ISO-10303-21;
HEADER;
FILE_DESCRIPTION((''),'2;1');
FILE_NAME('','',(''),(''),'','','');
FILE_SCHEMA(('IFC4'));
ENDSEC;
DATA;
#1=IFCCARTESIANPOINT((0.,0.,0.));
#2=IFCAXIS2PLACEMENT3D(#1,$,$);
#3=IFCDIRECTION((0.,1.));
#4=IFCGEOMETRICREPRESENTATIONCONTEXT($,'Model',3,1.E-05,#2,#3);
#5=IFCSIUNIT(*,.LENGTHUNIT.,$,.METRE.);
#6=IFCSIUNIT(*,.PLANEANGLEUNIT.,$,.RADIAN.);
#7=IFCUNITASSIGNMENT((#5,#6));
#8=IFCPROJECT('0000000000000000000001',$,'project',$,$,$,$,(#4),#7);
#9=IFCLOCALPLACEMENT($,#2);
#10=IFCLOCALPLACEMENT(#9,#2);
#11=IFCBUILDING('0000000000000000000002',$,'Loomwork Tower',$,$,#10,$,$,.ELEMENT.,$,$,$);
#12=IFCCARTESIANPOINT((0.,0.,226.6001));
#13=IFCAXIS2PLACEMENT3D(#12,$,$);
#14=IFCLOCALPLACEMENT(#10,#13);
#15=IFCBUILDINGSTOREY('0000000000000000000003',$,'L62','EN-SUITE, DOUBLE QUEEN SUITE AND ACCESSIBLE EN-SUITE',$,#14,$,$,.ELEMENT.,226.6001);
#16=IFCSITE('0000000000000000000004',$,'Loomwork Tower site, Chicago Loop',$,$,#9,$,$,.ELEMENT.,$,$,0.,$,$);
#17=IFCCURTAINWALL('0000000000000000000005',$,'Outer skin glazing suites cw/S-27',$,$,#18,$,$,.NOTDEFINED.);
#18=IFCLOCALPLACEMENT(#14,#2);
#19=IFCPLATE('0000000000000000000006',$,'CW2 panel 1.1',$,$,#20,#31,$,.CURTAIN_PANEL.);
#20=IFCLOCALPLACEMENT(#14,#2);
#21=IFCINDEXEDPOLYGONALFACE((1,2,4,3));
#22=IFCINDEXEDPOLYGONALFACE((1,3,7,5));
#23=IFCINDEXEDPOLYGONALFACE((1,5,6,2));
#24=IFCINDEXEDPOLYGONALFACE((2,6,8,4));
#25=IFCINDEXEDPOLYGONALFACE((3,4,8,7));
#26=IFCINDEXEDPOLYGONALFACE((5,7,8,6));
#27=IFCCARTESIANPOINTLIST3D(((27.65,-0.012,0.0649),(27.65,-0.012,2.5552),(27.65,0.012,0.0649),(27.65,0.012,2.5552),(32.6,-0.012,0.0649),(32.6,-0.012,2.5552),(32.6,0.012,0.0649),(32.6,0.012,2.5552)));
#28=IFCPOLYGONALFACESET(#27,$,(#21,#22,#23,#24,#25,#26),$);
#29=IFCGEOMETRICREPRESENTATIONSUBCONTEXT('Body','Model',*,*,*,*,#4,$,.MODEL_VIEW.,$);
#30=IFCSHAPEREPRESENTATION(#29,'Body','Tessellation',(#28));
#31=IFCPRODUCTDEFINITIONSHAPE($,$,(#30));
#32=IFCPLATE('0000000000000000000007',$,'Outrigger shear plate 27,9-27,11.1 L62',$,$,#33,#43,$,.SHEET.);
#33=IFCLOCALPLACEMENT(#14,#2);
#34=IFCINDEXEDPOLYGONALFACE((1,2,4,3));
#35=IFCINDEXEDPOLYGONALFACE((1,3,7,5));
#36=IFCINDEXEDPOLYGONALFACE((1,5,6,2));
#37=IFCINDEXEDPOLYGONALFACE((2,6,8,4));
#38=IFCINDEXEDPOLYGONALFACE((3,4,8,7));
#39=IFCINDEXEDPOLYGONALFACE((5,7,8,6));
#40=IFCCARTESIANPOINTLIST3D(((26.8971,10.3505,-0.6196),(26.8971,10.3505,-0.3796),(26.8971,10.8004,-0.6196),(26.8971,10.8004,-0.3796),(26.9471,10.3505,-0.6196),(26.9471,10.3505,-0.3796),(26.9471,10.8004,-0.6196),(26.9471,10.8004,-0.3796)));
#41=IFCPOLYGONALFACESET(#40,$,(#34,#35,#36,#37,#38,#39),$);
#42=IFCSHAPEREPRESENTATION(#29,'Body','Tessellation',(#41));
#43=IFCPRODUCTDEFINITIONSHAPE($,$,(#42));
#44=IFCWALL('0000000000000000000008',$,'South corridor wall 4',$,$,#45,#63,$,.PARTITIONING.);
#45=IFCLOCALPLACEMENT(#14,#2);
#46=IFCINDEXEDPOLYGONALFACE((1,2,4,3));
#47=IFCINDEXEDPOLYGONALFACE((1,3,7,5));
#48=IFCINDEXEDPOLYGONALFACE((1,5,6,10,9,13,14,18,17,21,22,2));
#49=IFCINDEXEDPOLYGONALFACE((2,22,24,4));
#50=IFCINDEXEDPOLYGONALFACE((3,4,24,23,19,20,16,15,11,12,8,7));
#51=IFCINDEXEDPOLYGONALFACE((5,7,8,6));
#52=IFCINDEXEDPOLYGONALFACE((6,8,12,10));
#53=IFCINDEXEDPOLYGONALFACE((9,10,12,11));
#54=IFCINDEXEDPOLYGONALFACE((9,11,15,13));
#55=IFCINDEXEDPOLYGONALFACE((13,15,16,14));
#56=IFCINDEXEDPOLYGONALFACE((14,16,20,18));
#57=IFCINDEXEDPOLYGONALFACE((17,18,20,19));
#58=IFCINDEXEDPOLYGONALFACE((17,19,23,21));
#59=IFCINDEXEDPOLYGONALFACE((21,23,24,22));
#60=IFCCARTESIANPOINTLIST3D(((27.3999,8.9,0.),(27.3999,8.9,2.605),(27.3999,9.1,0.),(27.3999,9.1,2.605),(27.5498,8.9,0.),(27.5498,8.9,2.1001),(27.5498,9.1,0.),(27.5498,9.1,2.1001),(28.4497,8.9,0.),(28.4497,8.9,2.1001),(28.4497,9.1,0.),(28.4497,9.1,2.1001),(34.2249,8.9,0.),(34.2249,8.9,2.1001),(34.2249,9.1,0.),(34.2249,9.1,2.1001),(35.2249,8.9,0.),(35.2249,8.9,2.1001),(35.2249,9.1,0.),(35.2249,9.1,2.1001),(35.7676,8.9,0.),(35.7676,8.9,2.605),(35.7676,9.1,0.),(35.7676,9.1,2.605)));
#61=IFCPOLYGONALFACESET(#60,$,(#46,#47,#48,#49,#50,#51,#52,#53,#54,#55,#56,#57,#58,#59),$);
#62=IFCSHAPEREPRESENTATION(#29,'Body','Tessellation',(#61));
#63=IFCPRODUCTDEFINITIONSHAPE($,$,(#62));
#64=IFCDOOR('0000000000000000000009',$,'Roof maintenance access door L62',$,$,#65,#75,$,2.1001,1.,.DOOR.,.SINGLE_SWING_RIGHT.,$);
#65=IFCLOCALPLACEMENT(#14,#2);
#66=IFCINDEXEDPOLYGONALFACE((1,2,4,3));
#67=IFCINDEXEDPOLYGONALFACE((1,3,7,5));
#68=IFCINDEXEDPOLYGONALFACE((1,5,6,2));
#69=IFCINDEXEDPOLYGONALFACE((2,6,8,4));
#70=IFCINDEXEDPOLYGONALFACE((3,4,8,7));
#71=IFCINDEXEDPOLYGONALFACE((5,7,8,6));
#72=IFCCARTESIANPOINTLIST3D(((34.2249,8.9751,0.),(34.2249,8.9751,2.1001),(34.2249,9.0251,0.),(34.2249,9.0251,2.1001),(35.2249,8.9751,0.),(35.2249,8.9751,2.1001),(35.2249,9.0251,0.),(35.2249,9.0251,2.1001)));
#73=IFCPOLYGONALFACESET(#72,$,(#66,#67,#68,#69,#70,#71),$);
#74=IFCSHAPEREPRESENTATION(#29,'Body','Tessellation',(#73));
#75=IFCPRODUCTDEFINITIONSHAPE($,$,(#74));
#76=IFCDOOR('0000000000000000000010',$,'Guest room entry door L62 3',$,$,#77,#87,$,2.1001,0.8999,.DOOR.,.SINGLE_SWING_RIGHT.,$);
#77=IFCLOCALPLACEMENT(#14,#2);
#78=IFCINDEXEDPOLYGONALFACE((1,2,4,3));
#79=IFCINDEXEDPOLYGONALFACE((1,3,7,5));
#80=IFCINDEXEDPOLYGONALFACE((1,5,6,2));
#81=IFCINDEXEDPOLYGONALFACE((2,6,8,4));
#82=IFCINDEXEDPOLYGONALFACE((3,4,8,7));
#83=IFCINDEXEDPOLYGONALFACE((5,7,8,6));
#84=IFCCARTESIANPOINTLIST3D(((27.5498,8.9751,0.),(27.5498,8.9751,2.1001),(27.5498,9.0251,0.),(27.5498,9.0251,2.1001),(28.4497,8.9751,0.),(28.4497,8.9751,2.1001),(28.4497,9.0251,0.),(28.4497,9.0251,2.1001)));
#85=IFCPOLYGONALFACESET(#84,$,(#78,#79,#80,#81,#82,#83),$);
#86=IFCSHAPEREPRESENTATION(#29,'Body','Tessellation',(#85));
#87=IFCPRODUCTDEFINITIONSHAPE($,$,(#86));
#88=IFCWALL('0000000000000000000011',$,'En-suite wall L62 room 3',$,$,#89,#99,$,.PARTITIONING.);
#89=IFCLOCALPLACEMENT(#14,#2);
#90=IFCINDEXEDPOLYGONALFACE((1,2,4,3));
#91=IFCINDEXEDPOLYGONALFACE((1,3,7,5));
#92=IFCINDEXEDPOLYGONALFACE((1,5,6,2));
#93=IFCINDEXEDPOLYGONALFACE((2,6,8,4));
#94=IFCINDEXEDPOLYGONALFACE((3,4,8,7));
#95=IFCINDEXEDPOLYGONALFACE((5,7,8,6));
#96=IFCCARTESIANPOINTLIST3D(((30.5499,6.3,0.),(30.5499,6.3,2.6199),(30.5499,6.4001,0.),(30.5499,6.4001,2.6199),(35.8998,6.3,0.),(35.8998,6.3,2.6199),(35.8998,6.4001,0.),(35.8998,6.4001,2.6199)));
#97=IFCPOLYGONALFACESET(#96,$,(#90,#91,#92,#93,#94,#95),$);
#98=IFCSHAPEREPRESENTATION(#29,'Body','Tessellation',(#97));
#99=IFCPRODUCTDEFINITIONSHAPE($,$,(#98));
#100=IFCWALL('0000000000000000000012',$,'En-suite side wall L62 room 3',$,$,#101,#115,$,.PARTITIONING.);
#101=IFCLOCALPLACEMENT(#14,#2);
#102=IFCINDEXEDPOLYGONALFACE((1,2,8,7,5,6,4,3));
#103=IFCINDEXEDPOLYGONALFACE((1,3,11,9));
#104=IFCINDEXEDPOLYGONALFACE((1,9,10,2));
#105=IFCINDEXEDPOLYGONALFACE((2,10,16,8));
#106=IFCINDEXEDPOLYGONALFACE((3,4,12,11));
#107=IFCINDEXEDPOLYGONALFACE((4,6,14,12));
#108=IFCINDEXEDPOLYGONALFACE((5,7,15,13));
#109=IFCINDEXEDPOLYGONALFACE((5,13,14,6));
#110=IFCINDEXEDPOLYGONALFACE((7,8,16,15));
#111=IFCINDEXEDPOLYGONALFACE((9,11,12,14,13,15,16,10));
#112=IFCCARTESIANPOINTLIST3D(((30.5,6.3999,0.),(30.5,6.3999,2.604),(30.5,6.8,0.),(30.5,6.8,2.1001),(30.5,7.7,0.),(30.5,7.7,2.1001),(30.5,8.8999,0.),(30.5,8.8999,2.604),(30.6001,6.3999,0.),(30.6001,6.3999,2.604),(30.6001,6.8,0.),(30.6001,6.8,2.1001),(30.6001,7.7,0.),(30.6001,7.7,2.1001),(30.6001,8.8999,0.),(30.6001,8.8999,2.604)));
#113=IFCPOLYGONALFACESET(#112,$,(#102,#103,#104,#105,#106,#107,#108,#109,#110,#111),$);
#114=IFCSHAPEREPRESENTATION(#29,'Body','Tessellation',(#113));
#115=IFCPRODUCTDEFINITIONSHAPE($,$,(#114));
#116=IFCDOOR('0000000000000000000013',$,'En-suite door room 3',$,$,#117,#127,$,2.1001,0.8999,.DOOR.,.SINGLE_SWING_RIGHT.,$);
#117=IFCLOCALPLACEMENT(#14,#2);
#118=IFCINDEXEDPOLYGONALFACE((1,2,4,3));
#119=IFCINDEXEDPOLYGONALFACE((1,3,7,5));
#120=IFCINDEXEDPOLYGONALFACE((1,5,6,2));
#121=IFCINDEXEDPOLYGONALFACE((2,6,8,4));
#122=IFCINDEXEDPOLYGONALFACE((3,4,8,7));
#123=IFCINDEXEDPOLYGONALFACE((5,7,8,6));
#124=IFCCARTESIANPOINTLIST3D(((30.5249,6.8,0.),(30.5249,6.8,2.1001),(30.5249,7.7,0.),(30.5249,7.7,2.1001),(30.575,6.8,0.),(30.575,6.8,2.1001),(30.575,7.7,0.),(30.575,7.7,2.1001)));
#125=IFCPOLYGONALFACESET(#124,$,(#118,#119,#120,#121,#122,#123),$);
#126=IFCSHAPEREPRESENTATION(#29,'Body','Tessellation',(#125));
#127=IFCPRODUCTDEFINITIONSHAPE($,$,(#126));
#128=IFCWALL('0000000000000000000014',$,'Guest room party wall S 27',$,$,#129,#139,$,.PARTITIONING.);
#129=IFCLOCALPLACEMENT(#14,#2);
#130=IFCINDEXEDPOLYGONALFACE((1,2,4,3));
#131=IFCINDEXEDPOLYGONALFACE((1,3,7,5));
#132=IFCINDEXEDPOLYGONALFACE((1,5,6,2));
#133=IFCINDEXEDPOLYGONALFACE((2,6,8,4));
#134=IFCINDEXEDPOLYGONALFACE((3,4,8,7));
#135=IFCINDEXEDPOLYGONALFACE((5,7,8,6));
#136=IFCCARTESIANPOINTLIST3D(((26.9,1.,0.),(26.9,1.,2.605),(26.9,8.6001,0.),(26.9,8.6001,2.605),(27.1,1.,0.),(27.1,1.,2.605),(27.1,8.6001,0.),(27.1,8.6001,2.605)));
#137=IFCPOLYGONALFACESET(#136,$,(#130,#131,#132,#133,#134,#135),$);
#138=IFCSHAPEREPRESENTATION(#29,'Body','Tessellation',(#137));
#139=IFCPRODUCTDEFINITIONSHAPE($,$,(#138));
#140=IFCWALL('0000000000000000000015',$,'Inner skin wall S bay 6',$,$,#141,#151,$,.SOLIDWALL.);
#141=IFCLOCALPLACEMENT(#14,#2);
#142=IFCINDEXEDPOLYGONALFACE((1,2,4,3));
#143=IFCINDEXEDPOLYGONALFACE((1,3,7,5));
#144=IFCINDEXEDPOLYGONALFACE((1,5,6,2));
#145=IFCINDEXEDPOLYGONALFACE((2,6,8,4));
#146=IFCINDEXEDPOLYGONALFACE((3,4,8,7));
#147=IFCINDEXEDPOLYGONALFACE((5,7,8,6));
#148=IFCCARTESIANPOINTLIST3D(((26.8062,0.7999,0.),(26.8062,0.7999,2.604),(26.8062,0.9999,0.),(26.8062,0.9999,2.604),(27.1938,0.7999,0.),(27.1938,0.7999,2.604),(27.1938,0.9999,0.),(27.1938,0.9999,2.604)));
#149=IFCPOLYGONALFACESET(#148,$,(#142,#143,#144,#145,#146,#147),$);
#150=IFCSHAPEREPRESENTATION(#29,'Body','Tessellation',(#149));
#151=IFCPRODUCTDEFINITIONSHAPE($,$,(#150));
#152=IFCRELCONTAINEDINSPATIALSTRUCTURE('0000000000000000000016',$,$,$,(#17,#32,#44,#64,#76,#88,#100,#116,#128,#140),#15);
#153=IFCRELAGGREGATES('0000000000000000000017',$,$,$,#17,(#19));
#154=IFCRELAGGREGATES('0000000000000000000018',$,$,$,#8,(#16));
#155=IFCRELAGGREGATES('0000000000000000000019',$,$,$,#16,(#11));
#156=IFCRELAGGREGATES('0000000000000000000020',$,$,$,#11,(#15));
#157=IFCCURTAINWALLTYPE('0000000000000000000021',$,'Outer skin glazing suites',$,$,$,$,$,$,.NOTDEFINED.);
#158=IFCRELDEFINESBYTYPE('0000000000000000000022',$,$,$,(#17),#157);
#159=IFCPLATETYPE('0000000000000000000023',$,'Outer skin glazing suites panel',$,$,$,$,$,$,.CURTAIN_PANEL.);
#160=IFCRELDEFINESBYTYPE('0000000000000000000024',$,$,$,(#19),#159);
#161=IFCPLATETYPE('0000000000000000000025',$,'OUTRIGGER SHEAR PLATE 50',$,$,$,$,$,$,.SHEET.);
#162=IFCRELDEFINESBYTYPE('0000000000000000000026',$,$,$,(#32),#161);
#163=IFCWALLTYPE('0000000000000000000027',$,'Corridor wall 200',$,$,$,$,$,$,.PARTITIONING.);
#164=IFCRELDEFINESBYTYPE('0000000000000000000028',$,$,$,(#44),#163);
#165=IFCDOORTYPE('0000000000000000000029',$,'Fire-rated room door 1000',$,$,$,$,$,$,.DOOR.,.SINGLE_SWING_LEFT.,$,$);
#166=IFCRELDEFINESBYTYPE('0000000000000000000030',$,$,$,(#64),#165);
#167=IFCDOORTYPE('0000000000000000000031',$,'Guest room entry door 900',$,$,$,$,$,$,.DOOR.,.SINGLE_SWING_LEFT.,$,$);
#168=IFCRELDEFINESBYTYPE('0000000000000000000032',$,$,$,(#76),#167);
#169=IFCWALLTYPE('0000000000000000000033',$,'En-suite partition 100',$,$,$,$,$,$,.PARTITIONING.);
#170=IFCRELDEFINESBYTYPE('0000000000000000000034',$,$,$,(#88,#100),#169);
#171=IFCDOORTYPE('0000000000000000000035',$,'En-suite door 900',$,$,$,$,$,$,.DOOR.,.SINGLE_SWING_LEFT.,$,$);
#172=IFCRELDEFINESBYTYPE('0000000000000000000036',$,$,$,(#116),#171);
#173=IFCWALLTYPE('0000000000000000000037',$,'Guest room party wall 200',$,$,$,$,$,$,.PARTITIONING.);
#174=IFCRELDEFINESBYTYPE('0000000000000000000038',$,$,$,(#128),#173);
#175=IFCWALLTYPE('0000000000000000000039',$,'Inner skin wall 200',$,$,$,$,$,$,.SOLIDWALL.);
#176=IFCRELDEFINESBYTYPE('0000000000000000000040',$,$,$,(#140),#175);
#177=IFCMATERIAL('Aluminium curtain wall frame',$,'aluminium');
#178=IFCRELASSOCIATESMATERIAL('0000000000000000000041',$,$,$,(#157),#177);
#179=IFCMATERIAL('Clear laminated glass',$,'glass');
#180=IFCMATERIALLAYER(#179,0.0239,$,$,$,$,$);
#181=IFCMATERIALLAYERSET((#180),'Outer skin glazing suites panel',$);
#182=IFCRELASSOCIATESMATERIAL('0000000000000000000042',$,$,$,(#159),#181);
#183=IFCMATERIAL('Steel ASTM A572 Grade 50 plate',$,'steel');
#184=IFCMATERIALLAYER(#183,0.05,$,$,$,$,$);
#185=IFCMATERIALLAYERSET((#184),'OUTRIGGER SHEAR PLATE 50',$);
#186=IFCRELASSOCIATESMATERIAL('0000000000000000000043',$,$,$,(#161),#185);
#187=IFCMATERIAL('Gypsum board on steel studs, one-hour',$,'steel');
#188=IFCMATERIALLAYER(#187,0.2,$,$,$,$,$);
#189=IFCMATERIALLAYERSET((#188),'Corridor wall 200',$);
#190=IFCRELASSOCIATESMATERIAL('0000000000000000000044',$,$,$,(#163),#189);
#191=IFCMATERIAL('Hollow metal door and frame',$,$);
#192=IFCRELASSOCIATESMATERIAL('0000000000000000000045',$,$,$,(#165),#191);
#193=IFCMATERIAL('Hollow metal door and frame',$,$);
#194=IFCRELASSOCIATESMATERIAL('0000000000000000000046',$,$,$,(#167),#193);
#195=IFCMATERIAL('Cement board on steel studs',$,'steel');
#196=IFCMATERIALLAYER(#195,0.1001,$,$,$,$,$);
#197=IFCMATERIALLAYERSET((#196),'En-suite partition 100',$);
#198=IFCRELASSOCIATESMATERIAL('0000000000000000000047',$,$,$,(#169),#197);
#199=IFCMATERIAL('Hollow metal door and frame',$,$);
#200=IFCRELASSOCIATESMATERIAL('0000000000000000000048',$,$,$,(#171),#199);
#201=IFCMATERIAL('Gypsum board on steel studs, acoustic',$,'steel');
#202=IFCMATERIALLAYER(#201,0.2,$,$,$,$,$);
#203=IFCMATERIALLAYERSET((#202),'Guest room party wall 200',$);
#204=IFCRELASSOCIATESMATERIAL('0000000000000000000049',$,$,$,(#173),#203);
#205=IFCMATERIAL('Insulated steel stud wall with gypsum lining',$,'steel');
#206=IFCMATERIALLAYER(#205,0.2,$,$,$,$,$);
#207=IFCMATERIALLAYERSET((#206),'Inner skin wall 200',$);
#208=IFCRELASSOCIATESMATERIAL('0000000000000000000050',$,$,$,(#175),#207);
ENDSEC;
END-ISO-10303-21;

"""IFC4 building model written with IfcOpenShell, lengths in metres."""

from ifc_helpers import new_model, si_unit, direction, frame, frame_2d, origin, origin_2d, place, context, subcontext, project, spatial, rectangle, extrude, material, layer, layer_set, type_object, element, fill, aggregate, save


model = new_model("IFC4")

# Units and contexts
model_context = context("Model", 3, precision=1e-05, world=origin(), true_north=direction((0.0, 1.0)))
body_context = subcontext(model_context, "Body", "Model", "MODEL_VIEW")
ifc_project = project(units=[si_unit("LENGTHUNIT", "METRE"), si_unit("PLANEANGLEUNIT", "RADIAN")], contexts=[model_context])

# Site, building, storey
site_placement = place(None, origin())
site = spatial("IfcSite", under=ifc_project, at=site_placement, Name="Loomwork Tower site, Chicago Loop", CompositionType="ELEMENT", RefElevation=0.0)
building_placement = place(site_placement, origin())
building = spatial("IfcBuilding", under=site, at=building_placement, Name="Loomwork Tower", CompositionType="ELEMENT")
storey_placement = place(building_placement, frame((0.0, 0.0, 226.6001)))
storey = spatial("IfcBuildingStorey", under=building, at=storey_placement, Name="L62", Description="EN-SUITE, DOUBLE QUEEN SUITE AND ACCESSIBLE EN-SUITE", CompositionType="ELEMENT", Elevation=226.6001)

# Curtain wall, plate
ifc_material_1 = material(Name="Aluminium curtain wall frame", Category="aluminium")
curtain_wall_type = type_object("IfcCurtainWallType", Name="Outer skin glazing suites", PredefinedType="NOTDEFINED", material=ifc_material_1)
curtain_wall_placement = place(storey_placement, origin())
curtain_wall = element("IfcCurtainWall", 1, at=curtain_wall_placement, inside=storey, type_object=curtain_wall_type, Name="Outer skin glazing suites cw/S-27", PredefinedType="NOTDEFINED")
ifc_material_2 = material(Name="Clear laminated glass", Category="glass")
ifc_layer_1 = layer(ifc_material_2, 0.0239)
ifc_layer_set_1 = layer_set([ifc_layer_1], Name="Outer skin glazing suites panel")
plate_type_1 = type_object("IfcPlateType", Name="Outer skin glazing suites panel", PredefinedType="CURTAIN_PANEL", material=ifc_layer_set_1)
plate_1_placement = place(storey_placement, frame((30.125, 0.0, 0.0649), z_axis=(0.0, 0.0, 1.0), x_axis=(1.0, 0.0, 0.0)))
plate_1 = element("IfcPlate", 2, at=plate_1_placement, type_object=plate_type_1, Name="CW2 panel 1.1", PredefinedType="CURTAIN_PANEL", context=body_context, shape_type="SweptSolid", body=[
    extrude(rectangle(XDim=4.95, YDim=0.0239, at=origin_2d()), origin(), (0.0, 0.0, 1.0), 2.4902),
])
aggregate(curtain_wall, [plate_1])

# Plate
ifc_material_3 = material(Name="Steel ASTM A572 Grade 50 plate", Category="steel")
ifc_layer_2 = layer(ifc_material_3, 0.05)
ifc_layer_set_2 = layer_set([ifc_layer_2], Name="OUTRIGGER SHEAR PLATE 50")
plate_type_2 = type_object("IfcPlateType", Name="OUTRIGGER SHEAR PLATE 50", PredefinedType="SHEET", material=ifc_layer_set_2)
plate_2_placement = place(storey_placement, frame((26.9221, 10.5754, -0.6196), z_axis=(0.0, 0.0, 1.0), x_axis=(0.0, 1.0, 0.0)))
element("IfcPlate", 3, at=plate_2_placement, inside=storey, type_object=plate_type_2, Name="Outrigger shear plate 27,9-27,11.1 L62", PredefinedType="SHEET", context=body_context, shape_type="SweptSolid", body=[
    extrude(rectangle(XDim=0.45, YDim=0.05, at=origin_2d()), origin(), (0.0, 0.0, 1.0), 0.24),
])

# Wall, openings, doors
ifc_material_4 = material(Name="Gypsum board on steel studs, one-hour", Category="steel")
ifc_layer_3 = layer(ifc_material_4, 0.2)
ifc_layer_set_3 = layer_set([ifc_layer_3], Name="Corridor wall 200")
wall_type_1 = type_object("IfcWallType", Name="Corridor wall 200", PredefinedType="PARTITIONING", material=ifc_layer_set_3)
wall_1_placement = place(storey_placement, frame((27.3999, 9.0, 0.0), z_axis=(0.0, 0.0, 1.0), x_axis=(1.0, 0.0, 0.0)))
wall_1 = element("IfcWall", 4, at=wall_1_placement, inside=storey, type_object=wall_type_1, Name="South corridor wall 4", PredefinedType="PARTITIONING", context=body_context, shape_type="SweptSolid", body=[
    extrude(rectangle(XDim=8.3677, YDim=0.2, at=frame_2d((4.1838, 0.0))), origin(), (0.0, 0.0, 1.0), 2.605),
])
opening_1_placement = place(wall_1_placement, frame((6.825, 0.0, 0.0)))
opening_1 = element("IfcOpeningElement", 5, at=opening_1_placement, cuts=wall_1, PredefinedType="OPENING", context=body_context, shape_type="SweptSolid", body=[
    extrude(rectangle(XDim=1.0, YDim=2.1001, at=frame_2d((0.5, 1.05))), frame((0.0, 0.1099, 0.0), z_axis=(0.0, -1.0, 0.0), x_axis=(1.0, 0.0, 0.0)), (0.0, 0.0, 1.0), 0.22),
])
opening_2_placement = place(wall_1_placement, frame((0.1499, 0.0, 0.0)))
opening_2 = element("IfcOpeningElement", 6, at=opening_2_placement, cuts=wall_1, PredefinedType="OPENING", context=body_context, shape_type="SweptSolid", body=[
    extrude(rectangle(XDim=0.8999, YDim=2.1001, at=frame_2d((0.45, 1.05))), frame((0.0, 0.1099, 0.0), z_axis=(0.0, -1.0, 0.0), x_axis=(1.0, 0.0, 0.0)), (0.0, 0.0, 1.0), 0.22),
])
ifc_material_5 = material(Name="Hollow metal door and frame")
door_type_1 = type_object("IfcDoorType", Name="Fire-rated room door 1000", OperationType="SINGLE_SWING_LEFT", PredefinedType="DOOR", material=ifc_material_5)
door_1_placement = place(opening_1_placement, frame((1.0, 0.0, 0.0), z_axis=(0.0, 0.0, 1.0), x_axis=(-1.0, 0.0, 0.0)))
door_1 = element("IfcDoor", 7, at=door_1_placement, inside=storey, type_object=door_type_1, Name="Roof maintenance access door L62", OperationType="SINGLE_SWING_RIGHT", OverallHeight=2.1001, OverallWidth=1.0, PredefinedType="DOOR", context=body_context, shape_type="SweptSolid", body=[
    extrude(rectangle(XDim=1.0, YDim=2.1001, at=frame_2d((0.5, 1.05))), frame((0.0, 0.0249, 0.0), z_axis=(0.0, -1.0, 0.0), x_axis=(1.0, 0.0, 0.0)), (0.0, 0.0, 1.0), 0.05),
])
fill(opening_1, door_1)
ifc_material_6 = material(Name="Hollow metal door and frame")
door_type_2 = type_object("IfcDoorType", Name="Guest room entry door 900", OperationType="SINGLE_SWING_LEFT", PredefinedType="DOOR", material=ifc_material_6)
door_2_placement = place(opening_2_placement, frame((0.8999, 0.0, 0.0), z_axis=(0.0, 0.0, 1.0), x_axis=(-1.0, 0.0, 0.0)))
door_2 = element("IfcDoor", 8, at=door_2_placement, inside=storey, type_object=door_type_2, Name="Guest room entry door L62 3", OperationType="SINGLE_SWING_RIGHT", OverallHeight=2.1001, OverallWidth=0.8999, PredefinedType="DOOR", context=body_context, shape_type="SweptSolid", body=[
    extrude(rectangle(XDim=0.8999, YDim=2.1001, at=frame_2d((0.45, 1.05))), frame((0.0, 0.0249, 0.0), z_axis=(0.0, -1.0, 0.0), x_axis=(1.0, 0.0, 0.0)), (0.0, 0.0, 1.0), 0.05),
])
fill(opening_2, door_2)

# Wall
ifc_material_7 = material(Name="Cement board on steel studs", Category="steel")
ifc_layer_4 = layer(ifc_material_7, 0.1001)
ifc_layer_set_4 = layer_set([ifc_layer_4], Name="En-suite partition 100")
wall_type_2 = type_object("IfcWallType", Name="En-suite partition 100", PredefinedType="PARTITIONING", material=ifc_layer_set_4)
wall_2_placement = place(storey_placement, frame((30.55, 6.3501, 0.0), z_axis=(0.0, 0.0, 1.0), x_axis=(1.0, 0.0, 0.0)))
element("IfcWall", 9, at=wall_2_placement, inside=storey, type_object=wall_type_2, Name="En-suite wall L62 room 3", PredefinedType="PARTITIONING", context=body_context, shape_type="SweptSolid", body=[
    extrude(rectangle(XDim=5.3499, YDim=0.1001, at=frame_2d((2.6748, 0.0))), origin(), (0.0, 0.0, 1.0), 2.6199),
])

# Wall, opening, door
wall_3_placement = place(storey_placement, frame((30.55, 8.8999, 0.0), z_axis=(0.0, 0.0, 1.0), x_axis=(0.0, -1.0, 0.0)))
wall_3 = element("IfcWall", 10, at=wall_3_placement, inside=storey, type_object=wall_type_2, Name="En-suite side wall L62 room 3", PredefinedType="PARTITIONING", context=body_context, shape_type="SweptSolid", body=[
    extrude(rectangle(XDim=2.5, YDim=0.1001, at=frame_2d((1.25, 0.0))), origin(), (0.0, 0.0, 1.0), 2.604),
])
opening_3_placement = place(wall_3_placement, frame((1.2, 0.0, 0.0)))
opening_3 = element("IfcOpeningElement", 11, at=opening_3_placement, cuts=wall_3, PredefinedType="OPENING", context=body_context, shape_type="SweptSolid", body=[
    extrude(rectangle(XDim=0.8999, YDim=2.1001, at=frame_2d((0.45, 1.05))), frame((0.0, 0.0601, 0.0), z_axis=(0.0, -1.0, 0.0), x_axis=(1.0, 0.0, 0.0)), (0.0, 0.0, 1.0), 0.1201),
])
ifc_material_8 = material(Name="Hollow metal door and frame")
door_type_3 = type_object("IfcDoorType", Name="En-suite door 900", OperationType="SINGLE_SWING_LEFT", PredefinedType="DOOR", material=ifc_material_8)
door_3_placement = place(opening_3_placement, origin())
door_3 = element("IfcDoor", 12, at=door_3_placement, inside=storey, type_object=door_type_3, Name="En-suite door room 3", OperationType="SINGLE_SWING_RIGHT", OverallHeight=2.1001, OverallWidth=0.8999, PredefinedType="DOOR", context=body_context, shape_type="SweptSolid", body=[
    extrude(rectangle(XDim=0.8999, YDim=2.1001, at=frame_2d((0.45, 1.05))), frame((0.0, 0.0249, 0.0), z_axis=(0.0, -1.0, 0.0), x_axis=(1.0, 0.0, 0.0)), (0.0, 0.0, 1.0), 0.05),
])
fill(opening_3, door_3)

# Walls
ifc_material_9 = material(Name="Gypsum board on steel studs, acoustic", Category="steel")
ifc_layer_5 = layer(ifc_material_9, 0.2)
ifc_layer_set_5 = layer_set([ifc_layer_5], Name="Guest room party wall 200")
wall_type_3 = type_object("IfcWallType", Name="Guest room party wall 200", PredefinedType="PARTITIONING", material=ifc_layer_set_5)
wall_4_placement = place(storey_placement, frame((27.0, 8.6001, 0.0), z_axis=(0.0, 0.0, 1.0), x_axis=(0.0, -1.0, 0.0)))
element("IfcWall", 13, at=wall_4_placement, inside=storey, type_object=wall_type_3, Name="Guest room party wall S 27", PredefinedType="PARTITIONING", context=body_context, shape_type="SweptSolid", body=[
    extrude(rectangle(XDim=7.6001, YDim=0.2, at=frame_2d((3.8, 0.0))), origin(), (0.0, 0.0, 1.0), 2.605),
])
ifc_material_10 = material(Name="Insulated steel stud wall with gypsum lining", Category="steel")
ifc_layer_6 = layer(ifc_material_10, 0.2)
ifc_layer_set_6 = layer_set([ifc_layer_6], Name="Inner skin wall 200")
wall_type_4 = type_object("IfcWallType", Name="Inner skin wall 200", PredefinedType="SOLIDWALL", material=ifc_layer_set_6)
wall_5_placement = place(storey_placement, frame((26.8062, 0.8999, 0.0), z_axis=(0.0, 0.0, 1.0), x_axis=(1.0, 0.0, 0.0)))
element("IfcWall", 14, at=wall_5_placement, inside=storey, type_object=wall_type_4, Name="Inner skin wall S bay 6", PredefinedType="SOLIDWALL", context=body_context, shape_type="SweptSolid", body=[
    extrude(rectangle(XDim=0.3877, YDim=0.2, at=frame_2d((0.1938, 0.0))), origin(), (0.0, 0.0, 1.0), 2.604),
])

save(model, "model.ifc")
